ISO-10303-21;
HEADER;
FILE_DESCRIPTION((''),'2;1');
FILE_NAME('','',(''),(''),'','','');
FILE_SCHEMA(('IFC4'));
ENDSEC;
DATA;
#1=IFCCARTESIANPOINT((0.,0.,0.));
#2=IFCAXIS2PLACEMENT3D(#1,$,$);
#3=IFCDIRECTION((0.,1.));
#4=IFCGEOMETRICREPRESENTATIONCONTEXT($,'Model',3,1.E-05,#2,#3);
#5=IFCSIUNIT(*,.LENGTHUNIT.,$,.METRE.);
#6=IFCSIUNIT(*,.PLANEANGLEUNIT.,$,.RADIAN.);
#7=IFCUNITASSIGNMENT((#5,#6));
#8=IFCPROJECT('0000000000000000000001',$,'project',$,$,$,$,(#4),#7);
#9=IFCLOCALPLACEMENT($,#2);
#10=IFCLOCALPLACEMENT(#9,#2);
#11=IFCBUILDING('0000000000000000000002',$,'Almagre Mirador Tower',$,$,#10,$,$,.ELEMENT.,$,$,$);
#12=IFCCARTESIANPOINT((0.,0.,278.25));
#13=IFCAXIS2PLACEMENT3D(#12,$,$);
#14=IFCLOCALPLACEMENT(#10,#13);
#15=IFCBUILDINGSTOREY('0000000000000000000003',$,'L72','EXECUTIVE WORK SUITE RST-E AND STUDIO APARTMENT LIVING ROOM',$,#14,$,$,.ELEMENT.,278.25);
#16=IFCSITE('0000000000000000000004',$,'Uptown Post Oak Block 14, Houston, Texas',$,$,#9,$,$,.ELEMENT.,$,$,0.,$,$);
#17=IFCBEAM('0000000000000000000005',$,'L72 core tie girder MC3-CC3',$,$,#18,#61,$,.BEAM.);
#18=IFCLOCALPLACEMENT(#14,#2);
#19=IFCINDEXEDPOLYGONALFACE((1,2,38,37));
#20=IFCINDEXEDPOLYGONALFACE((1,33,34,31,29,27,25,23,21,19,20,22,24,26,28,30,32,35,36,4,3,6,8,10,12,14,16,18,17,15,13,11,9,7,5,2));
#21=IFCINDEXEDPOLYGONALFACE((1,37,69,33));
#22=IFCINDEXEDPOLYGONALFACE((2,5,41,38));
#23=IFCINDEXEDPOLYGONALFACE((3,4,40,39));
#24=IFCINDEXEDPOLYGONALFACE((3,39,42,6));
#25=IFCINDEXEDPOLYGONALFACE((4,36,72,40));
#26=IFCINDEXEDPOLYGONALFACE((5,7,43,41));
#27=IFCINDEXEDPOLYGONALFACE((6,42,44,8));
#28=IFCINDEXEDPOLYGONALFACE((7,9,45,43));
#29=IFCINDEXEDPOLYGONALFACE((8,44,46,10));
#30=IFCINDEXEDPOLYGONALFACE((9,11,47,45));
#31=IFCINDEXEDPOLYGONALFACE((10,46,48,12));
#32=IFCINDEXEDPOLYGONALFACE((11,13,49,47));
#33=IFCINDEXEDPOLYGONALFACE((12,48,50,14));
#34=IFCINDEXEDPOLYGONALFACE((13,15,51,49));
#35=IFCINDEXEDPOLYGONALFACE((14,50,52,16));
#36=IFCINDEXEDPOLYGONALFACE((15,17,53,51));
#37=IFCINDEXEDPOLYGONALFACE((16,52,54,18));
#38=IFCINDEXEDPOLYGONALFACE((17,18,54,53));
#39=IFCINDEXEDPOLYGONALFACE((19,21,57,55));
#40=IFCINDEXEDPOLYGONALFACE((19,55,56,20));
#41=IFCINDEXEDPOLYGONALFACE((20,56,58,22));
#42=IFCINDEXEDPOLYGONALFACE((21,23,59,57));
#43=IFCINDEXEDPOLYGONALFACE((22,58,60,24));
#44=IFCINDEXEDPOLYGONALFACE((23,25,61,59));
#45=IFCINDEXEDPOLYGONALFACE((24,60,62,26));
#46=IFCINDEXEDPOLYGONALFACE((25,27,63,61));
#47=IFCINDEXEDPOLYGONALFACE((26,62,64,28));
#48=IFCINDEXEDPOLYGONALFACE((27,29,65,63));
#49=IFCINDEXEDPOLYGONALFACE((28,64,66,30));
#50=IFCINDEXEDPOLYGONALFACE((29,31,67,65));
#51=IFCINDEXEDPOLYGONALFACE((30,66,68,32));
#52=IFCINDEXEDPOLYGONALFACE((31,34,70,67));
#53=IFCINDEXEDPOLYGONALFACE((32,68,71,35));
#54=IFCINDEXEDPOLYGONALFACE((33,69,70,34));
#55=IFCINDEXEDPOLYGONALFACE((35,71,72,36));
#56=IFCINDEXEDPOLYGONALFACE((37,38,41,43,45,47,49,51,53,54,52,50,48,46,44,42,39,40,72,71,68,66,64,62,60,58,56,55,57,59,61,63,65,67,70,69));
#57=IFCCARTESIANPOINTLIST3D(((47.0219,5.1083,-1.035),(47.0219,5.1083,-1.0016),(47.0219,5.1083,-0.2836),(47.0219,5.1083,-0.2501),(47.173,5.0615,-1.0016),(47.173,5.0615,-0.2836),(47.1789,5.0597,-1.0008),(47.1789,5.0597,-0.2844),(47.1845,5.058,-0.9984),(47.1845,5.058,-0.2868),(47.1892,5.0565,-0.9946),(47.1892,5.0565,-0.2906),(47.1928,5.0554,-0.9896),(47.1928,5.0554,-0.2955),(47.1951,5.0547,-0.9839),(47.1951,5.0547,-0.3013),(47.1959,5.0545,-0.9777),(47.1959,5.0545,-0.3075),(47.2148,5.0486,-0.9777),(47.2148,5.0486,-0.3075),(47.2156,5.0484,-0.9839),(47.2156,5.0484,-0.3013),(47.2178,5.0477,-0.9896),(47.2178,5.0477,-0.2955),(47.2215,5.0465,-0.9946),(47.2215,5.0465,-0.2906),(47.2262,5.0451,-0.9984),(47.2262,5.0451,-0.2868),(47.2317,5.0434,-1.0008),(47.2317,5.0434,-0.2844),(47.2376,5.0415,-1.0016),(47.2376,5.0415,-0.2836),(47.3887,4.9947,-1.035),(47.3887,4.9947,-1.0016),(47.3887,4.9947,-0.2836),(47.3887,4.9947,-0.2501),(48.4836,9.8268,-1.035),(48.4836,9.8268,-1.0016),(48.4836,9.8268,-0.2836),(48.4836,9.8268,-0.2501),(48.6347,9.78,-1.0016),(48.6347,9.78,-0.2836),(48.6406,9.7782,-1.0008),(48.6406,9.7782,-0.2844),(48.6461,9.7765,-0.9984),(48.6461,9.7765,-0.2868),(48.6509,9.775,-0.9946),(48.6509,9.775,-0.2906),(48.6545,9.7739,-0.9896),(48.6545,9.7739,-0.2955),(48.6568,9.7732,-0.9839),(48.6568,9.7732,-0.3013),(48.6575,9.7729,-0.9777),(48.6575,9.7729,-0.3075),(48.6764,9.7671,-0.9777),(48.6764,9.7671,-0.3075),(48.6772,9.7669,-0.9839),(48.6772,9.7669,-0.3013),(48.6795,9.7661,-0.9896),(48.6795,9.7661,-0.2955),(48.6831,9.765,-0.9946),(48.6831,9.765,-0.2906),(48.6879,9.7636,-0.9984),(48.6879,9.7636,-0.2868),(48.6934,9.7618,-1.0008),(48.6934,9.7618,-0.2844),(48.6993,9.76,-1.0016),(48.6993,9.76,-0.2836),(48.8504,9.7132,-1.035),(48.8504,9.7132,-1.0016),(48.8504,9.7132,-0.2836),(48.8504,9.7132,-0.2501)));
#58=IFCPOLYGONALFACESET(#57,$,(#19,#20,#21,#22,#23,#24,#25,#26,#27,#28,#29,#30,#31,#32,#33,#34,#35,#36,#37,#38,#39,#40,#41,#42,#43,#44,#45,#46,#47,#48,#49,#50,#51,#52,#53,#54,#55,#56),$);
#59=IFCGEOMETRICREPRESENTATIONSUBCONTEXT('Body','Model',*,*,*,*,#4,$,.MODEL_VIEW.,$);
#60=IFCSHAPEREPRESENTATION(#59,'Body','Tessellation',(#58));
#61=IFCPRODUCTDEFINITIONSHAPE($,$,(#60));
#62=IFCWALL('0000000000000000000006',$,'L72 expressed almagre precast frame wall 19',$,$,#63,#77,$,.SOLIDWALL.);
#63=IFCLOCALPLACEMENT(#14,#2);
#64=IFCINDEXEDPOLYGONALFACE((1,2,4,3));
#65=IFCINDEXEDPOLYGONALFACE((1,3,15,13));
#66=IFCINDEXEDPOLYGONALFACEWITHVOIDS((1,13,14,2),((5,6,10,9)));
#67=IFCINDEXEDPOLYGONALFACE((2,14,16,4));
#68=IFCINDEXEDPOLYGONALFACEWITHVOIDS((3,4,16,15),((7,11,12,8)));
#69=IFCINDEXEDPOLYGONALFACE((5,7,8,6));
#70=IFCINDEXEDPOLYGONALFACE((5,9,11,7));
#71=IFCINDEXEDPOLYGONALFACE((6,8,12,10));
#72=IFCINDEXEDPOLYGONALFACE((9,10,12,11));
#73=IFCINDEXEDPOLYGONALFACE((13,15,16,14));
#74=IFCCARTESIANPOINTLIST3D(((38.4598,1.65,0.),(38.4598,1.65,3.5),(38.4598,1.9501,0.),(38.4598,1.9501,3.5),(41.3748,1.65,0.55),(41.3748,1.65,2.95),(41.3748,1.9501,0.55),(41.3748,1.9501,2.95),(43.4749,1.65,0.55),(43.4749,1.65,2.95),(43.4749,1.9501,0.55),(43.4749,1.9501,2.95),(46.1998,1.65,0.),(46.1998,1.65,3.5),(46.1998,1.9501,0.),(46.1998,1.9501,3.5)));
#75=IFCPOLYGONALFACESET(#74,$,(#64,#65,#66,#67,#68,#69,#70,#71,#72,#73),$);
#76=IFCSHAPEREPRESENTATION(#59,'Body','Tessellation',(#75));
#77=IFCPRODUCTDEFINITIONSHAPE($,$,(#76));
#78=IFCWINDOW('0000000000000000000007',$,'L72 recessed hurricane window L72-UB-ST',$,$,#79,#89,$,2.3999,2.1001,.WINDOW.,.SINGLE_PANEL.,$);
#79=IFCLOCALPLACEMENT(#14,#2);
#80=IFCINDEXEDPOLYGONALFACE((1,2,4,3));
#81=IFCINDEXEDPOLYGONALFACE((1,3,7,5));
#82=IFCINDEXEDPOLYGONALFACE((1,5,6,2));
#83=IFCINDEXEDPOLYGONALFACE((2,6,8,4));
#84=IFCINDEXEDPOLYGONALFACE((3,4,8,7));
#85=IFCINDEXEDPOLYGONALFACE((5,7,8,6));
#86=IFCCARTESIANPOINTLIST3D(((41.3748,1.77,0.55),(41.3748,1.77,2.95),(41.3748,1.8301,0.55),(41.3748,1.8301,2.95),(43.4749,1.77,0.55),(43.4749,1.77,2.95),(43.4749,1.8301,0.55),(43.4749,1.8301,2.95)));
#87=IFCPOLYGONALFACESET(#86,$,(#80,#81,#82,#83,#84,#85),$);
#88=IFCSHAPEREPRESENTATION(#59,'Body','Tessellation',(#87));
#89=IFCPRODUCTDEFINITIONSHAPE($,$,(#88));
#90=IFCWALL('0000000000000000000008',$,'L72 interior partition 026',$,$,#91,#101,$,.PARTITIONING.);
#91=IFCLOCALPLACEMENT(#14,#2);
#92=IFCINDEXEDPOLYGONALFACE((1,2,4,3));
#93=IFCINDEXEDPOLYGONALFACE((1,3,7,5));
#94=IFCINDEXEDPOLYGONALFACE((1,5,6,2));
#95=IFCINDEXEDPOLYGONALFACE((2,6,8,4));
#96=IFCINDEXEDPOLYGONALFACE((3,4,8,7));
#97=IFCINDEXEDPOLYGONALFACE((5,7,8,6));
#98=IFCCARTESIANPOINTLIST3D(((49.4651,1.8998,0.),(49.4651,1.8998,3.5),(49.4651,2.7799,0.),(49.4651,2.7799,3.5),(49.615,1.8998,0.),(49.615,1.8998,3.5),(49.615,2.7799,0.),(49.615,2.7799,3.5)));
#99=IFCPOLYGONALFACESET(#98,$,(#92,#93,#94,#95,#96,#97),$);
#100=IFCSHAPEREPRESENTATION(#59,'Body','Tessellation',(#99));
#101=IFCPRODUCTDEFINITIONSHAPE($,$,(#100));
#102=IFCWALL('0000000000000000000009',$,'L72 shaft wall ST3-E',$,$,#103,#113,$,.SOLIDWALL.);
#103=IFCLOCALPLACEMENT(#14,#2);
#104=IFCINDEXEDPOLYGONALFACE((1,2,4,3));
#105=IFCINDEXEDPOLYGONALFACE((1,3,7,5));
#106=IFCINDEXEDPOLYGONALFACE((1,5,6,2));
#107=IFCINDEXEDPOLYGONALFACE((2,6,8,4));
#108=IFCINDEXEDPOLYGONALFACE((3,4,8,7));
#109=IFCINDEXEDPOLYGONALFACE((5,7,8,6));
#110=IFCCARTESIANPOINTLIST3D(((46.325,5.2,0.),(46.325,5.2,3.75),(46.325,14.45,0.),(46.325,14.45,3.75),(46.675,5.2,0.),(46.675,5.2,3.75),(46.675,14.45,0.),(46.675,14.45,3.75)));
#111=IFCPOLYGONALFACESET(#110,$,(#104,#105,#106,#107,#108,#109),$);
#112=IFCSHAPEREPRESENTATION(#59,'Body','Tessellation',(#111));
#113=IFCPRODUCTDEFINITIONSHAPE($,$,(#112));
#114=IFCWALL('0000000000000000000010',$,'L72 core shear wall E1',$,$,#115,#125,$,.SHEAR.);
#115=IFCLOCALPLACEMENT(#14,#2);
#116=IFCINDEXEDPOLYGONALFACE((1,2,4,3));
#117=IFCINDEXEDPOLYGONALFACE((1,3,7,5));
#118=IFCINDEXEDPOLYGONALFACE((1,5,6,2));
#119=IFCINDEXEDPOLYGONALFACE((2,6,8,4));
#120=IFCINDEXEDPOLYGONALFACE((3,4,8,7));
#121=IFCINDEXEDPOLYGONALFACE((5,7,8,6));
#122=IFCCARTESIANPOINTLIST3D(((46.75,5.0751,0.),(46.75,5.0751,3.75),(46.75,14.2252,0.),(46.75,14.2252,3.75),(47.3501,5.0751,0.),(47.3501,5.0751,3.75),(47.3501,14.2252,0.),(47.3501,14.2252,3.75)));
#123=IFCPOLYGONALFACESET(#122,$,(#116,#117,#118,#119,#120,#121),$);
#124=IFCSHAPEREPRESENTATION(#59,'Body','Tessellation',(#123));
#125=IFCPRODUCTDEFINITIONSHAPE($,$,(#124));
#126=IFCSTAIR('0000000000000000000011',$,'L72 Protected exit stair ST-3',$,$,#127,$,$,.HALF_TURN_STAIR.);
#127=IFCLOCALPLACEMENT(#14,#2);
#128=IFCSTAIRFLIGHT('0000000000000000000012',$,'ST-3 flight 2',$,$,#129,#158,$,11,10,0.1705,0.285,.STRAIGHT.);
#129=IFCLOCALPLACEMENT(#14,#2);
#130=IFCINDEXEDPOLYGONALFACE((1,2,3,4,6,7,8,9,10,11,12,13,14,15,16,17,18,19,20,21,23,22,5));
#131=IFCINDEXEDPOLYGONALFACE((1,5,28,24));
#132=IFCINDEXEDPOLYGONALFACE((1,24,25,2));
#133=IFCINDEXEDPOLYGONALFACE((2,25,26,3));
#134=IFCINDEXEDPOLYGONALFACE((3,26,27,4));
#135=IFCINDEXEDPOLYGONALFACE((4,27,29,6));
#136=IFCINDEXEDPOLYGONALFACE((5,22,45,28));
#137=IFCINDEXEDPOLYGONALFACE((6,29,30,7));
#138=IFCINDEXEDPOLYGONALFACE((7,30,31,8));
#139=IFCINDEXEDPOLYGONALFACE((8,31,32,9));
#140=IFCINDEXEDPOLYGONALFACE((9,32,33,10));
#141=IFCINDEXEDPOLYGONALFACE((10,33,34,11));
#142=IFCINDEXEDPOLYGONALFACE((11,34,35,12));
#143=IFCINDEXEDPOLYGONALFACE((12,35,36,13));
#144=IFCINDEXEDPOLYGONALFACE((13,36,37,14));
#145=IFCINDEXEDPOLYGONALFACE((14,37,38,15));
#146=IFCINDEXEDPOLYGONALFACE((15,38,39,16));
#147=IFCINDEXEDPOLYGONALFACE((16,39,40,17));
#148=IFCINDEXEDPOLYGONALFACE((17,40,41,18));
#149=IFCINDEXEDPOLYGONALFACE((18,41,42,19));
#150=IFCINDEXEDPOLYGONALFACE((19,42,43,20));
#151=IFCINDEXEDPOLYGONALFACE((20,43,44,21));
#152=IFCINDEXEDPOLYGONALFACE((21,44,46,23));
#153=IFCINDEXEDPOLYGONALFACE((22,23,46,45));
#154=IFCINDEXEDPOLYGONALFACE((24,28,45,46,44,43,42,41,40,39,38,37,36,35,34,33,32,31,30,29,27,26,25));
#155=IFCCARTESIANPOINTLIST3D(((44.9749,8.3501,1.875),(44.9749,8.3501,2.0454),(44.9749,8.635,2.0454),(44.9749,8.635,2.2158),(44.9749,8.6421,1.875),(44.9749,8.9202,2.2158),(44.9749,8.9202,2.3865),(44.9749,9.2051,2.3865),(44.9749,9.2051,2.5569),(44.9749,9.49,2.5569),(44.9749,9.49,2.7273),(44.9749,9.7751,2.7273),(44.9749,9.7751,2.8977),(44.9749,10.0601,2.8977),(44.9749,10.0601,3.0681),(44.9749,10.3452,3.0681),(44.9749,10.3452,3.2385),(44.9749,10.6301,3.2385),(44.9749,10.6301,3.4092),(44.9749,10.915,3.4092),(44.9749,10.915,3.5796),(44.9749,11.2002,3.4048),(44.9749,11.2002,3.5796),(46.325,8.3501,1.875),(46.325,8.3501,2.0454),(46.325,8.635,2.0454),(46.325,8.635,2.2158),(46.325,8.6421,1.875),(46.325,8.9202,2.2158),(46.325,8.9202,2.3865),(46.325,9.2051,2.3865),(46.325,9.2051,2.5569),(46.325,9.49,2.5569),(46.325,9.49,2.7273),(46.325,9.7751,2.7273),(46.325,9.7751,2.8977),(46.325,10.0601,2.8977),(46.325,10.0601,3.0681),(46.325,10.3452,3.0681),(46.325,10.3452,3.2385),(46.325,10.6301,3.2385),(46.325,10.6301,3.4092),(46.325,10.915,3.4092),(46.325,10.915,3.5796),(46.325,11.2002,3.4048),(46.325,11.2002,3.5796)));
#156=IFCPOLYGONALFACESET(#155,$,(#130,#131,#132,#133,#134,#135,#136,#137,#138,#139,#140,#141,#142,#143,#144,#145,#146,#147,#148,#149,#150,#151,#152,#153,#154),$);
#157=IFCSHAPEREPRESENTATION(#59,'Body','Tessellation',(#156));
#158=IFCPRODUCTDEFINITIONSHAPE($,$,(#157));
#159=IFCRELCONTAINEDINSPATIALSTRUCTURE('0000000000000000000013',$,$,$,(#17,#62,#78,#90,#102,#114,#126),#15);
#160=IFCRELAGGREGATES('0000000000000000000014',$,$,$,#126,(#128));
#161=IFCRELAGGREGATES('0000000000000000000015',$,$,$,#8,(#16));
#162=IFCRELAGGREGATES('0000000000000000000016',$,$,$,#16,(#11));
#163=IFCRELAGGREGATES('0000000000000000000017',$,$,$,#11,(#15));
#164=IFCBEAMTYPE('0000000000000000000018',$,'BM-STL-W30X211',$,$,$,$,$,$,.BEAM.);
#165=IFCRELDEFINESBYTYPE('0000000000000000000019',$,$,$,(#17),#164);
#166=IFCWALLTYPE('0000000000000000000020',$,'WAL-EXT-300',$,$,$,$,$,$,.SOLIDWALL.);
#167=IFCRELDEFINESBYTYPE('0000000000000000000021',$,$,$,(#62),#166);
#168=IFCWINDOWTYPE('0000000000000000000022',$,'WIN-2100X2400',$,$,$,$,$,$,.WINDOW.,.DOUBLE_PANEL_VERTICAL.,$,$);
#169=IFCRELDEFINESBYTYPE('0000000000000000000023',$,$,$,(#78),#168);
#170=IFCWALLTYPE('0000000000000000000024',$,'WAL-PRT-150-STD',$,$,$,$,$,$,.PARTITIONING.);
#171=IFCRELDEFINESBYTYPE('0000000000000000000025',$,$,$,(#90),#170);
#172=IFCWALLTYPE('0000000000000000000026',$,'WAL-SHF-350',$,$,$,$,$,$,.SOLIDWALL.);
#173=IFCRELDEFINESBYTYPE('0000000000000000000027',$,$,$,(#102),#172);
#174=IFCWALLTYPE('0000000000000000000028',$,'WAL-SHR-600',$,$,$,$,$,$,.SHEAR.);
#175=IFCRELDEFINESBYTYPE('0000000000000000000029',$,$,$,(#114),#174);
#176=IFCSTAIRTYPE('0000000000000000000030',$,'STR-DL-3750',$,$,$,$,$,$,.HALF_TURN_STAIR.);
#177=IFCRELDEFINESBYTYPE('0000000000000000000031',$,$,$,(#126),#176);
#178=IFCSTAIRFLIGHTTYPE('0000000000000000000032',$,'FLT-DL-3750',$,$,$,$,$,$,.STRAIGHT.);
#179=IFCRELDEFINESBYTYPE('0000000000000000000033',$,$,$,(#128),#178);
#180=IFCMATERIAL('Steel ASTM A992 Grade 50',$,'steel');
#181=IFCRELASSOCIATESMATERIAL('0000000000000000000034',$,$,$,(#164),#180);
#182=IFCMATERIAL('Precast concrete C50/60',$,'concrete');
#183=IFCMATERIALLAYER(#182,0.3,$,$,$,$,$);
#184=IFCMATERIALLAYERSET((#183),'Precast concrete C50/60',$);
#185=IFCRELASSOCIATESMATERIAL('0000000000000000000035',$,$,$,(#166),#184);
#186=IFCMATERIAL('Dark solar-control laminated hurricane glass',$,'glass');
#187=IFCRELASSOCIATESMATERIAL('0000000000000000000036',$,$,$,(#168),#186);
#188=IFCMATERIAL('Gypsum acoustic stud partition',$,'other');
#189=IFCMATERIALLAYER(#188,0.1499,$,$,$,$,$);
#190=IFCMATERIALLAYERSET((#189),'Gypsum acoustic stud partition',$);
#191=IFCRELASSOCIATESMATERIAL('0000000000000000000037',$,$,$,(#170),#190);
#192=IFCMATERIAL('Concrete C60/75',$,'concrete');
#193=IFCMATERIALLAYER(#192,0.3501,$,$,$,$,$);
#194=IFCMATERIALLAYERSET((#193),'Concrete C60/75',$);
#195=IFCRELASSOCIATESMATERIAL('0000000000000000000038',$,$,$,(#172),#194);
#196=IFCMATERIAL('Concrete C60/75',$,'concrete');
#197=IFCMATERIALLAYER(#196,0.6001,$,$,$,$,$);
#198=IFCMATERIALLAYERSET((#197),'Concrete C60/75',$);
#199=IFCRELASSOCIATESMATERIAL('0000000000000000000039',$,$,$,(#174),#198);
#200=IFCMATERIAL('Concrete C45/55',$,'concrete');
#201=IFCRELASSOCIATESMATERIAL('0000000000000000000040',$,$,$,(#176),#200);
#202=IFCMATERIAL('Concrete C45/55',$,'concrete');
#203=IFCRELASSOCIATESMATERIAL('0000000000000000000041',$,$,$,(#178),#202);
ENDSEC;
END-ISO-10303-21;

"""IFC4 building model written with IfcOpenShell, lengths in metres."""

from ifc_helpers import new_model, si_unit, direction, frame, frame_2d, origin, origin_2d, place, context, subcontext, project, spatial, polyline, rectangle, i_section, outline, extrude, material, layer, layer_set, material_profile, profile_set, type_object, element, fill, aggregate, save


model = new_model("IFC4")

# Units and contexts
model_context = context("Model", 3, precision=1e-05, world=origin(), true_north=direction((0.0, 1.0)))
body_context = subcontext(model_context, "Body", "Model", "MODEL_VIEW")
ifc_project = project(units=[si_unit("LENGTHUNIT", "METRE"), si_unit("PLANEANGLEUNIT", "RADIAN")], contexts=[model_context])

# Site, building, storey
site_placement = place(None, origin())
site = spatial("IfcSite", under=ifc_project, at=site_placement, Name="Uptown Post Oak Block 14, Houston, Texas", CompositionType="ELEMENT", RefElevation=0.0)
building_placement = place(site_placement, origin())
building = spatial("IfcBuilding", under=site, at=building_placement, Name="Almagre Mirador Tower", CompositionType="ELEMENT")
storey_placement = place(building_placement, frame((0.0, 0.0, 278.25)))
storey = spatial("IfcBuildingStorey", under=building, at=storey_placement, Name="L72", Description="EXECUTIVE WORK SUITE RST-E AND STUDIO APARTMENT LIVING ROOM", CompositionType="ELEMENT", Elevation=278.25)

# Beam
ifc_material_1 = material(Name="Steel ASTM A992 Grade 50", Category="steel")
ifc_material_profile_1 = material_profile(ifc_material_1, i_section(OverallWidth=0.384, OverallDepth=0.7849, WebThickness=0.0198, FlangeThickness=0.0334, FilletRadius=0.0239, at=origin_2d()), Name="W30X211")
ifc_profile_set_1 = profile_set([ifc_material_profile_1], Name="Steel ASTM A992 Grade 50")
beam_type_1 = type_object("IfcBeamType", Name="BM-STL-W30X211", PredefinedType="BEAM", material=ifc_profile_set_1)
beam_1_placement = place(storey_placement, frame((48.667, 9.77, -0.6426), z_axis=(-0.295902, -0.955218, 0.0), x_axis=(0.955218, -0.295902, 0.0)))
element("IfcBeam", 1, at=beam_1_placement, inside=storey, type_object=beam_type_1, Name="L72 core tie girder MC3-CC3", PredefinedType="BEAM", context=body_context, shape_type="SweptSolid", body=[
    extrude(i_section(OverallWidth=0.384, OverallDepth=0.7849, WebThickness=0.0198, FlangeThickness=0.0334, FilletRadius=0.0239, at=origin_2d()), origin(), (0.0, 0.0, 1.0), 4.9397),
])

# Wall, opening, window
ifc_material_2 = material(Name="Precast concrete C50/60", Category="concrete")
ifc_layer_1 = layer(ifc_material_2, 0.3)
ifc_layer_set_1 = layer_set([ifc_layer_1], Name="Precast concrete C50/60")
wall_type_1 = type_object("IfcWallType", Name="WAL-EXT-300", PredefinedType="SOLIDWALL", material=ifc_layer_set_1)
wall_1_placement = place(storey_placement, frame((46.2, 1.8, 0.0), z_axis=(0.0, 0.0, 1.0), x_axis=(-1.0, 0.0, 0.0)))
wall_1 = element("IfcWall", 2, at=wall_1_placement, inside=storey, type_object=wall_type_1, Name="L72 expressed almagre precast frame wall 19", PredefinedType="SOLIDWALL", context=body_context, shape_type="SweptSolid", body=[
    extrude(rectangle(XDim=7.74, YDim=0.3, at=frame_2d((3.8701, 0.0))), origin(), (0.0, 0.0, 1.0), 3.5),
])
opening_placement = place(wall_1_placement, frame((2.7251, 0.0, 0.55)))
opening = element("IfcOpeningElement", 3, at=opening_placement, cuts=wall_1, PredefinedType="OPENING", context=body_context, shape_type="SweptSolid", body=[
    extrude(rectangle(XDim=2.1001, YDim=2.3999, at=frame_2d((1.05, 1.2))), frame((0.0, 0.1599, 0.0), z_axis=(0.0, -1.0, 0.0), x_axis=(1.0, 0.0, 0.0)), (0.0, 0.0, 1.0), 0.32),
])
ifc_material_3 = material(Name="Dark solar-control laminated hurricane glass", Category="glass")
window_type = type_object("IfcWindowType", Name="WIN-2100X2400", PartitioningType="DOUBLE_PANEL_VERTICAL", PredefinedType="WINDOW", material=ifc_material_3)
window_placement = place(opening_placement, origin())
window = element("IfcWindow", 4, at=window_placement, inside=storey, type_object=window_type, Name="L72 recessed hurricane window L72-UB-ST", OverallHeight=2.3999, OverallWidth=2.1001, PartitioningType="SINGLE_PANEL", PredefinedType="WINDOW", context=body_context, shape_type="SweptSolid", body=[
    extrude(rectangle(XDim=2.1001, YDim=2.3999, at=frame_2d((1.05, 1.2))), frame((0.0, 0.03, 0.0), z_axis=(0.0, -1.0, 0.0), x_axis=(1.0, 0.0, 0.0)), (0.0, 0.0, 1.0), 0.0601),
])
fill(opening, window)

# Walls
ifc_material_4 = material(Name="Gypsum acoustic stud partition", Category="other")
ifc_layer_2 = layer(ifc_material_4, 0.1499)
ifc_layer_set_2 = layer_set([ifc_layer_2], Name="Gypsum acoustic stud partition")
wall_type_2 = type_object("IfcWallType", Name="WAL-PRT-150-STD", PredefinedType="PARTITIONING", material=ifc_layer_set_2)
wall_2_placement = place(storey_placement, frame((49.54, 1.8999, 0.0), z_axis=(0.0, 0.0, 1.0), x_axis=(0.0, 1.0, 0.0)))
element("IfcWall", 5, at=wall_2_placement, inside=storey, type_object=wall_type_2, Name="L72 interior partition 026", PredefinedType="PARTITIONING", context=body_context, shape_type="SweptSolid", body=[
    extrude(rectangle(XDim=0.8801, YDim=0.1499, at=frame_2d((0.4399, 0.0))), origin(), (0.0, 0.0, 1.0), 3.5),
])
ifc_material_5 = material(Name="Concrete C60/75", Category="concrete")
ifc_layer_3 = layer(ifc_material_5, 0.3501)
ifc_layer_set_3 = layer_set([ifc_layer_3], Name="Concrete C60/75")
wall_type_3 = type_object("IfcWallType", Name="WAL-SHF-350", PredefinedType="SOLIDWALL", material=ifc_layer_set_3)
wall_3_placement = place(storey_placement, frame((46.5, 5.2, 0.0), z_axis=(0.0, 0.0, 1.0), x_axis=(0.0, 1.0, 0.0)))
element("IfcWall", 6, at=wall_3_placement, inside=storey, type_object=wall_type_3, Name="L72 shaft wall ST3-E", PredefinedType="SOLIDWALL", context=body_context, shape_type="SweptSolid", body=[
    extrude(rectangle(XDim=9.25, YDim=0.3501, at=frame_2d((4.625, 0.0))), origin(), (0.0, 0.0, 1.0), 3.75),
])
ifc_material_6 = material(Name="Concrete C60/75", Category="concrete")
ifc_layer_4 = layer(ifc_material_6, 0.6001)
ifc_layer_set_4 = layer_set([ifc_layer_4], Name="Concrete C60/75")
wall_type_4 = type_object("IfcWallType", Name="WAL-SHR-600", PredefinedType="SHEAR", material=ifc_layer_set_4)
wall_4_placement = place(storey_placement, frame((47.05, 5.075, 0.0), z_axis=(0.0, 0.0, 1.0), x_axis=(0.0, 1.0, 0.0)))
element("IfcWall", 7, at=wall_4_placement, inside=storey, type_object=wall_type_4, Name="L72 core shear wall E1", PredefinedType="SHEAR", context=body_context, shape_type="SweptSolid", body=[
    extrude(rectangle(XDim=9.1501, YDim=0.6001, at=frame_2d((4.5752, 0.0))), origin(), (0.0, 0.0, 1.0), 3.75),
])

# Stair, stair flight
ifc_material_7 = material(Name="Concrete C45/55", Category="concrete")
stair_type = type_object("IfcStairType", Name="STR-DL-3750", PredefinedType="HALF_TURN_STAIR", material=ifc_material_7)
stair_placement = place(storey_placement, origin())
stair = element("IfcStair", 8, at=stair_placement, inside=storey, type_object=stair_type, Name="L72 Protected exit stair ST-3", PredefinedType="HALF_TURN_STAIR")
ifc_material_8 = material(Name="Concrete C45/55", Category="concrete")
stair_flight_type = type_object("IfcStairFlightType", Name="FLT-DL-3750", PredefinedType="STRAIGHT", material=ifc_material_8)
stair_flight_placement = place(storey_placement, frame((45.6499, 8.3501, 1.875), z_axis=(0.0, 0.0, 1.0), x_axis=(0.0, 1.0, 0.0)))
stair_flight = element("IfcStairFlight", 9, at=stair_flight_placement, type_object=stair_flight_type, Name="ST-3 flight 2", NumberOfRisers=11, NumberOfTreads=10, PredefinedType="STRAIGHT", RiserHeight=0.1705, TreadLength=0.285, context=body_context, shape_type="SweptSolid", body=[
    extrude(outline(polyline([(0.0, 0.0), (0.0, 0.1704), (0.2849, 0.1704), (0.2849, 0.3408), (0.5701, 0.3408), (0.5701, 0.5115), (0.855, 0.5115), (0.855, 0.6819), (1.1399, 0.6819), (1.1399, 0.8523), (1.425, 0.8523), (1.425, 1.0227), (1.71, 1.0227), (1.71, 1.1931), (1.9951, 1.1931), (1.9951, 1.3635), (2.28, 1.3635), (2.28, 1.5342), (2.5649, 1.5342), (2.5649, 1.7046), (2.8501, 1.7046), (2.8501, 1.875), (2.8501, 1.5298), (0.292, 0.0), (0.0, 0.0)])), frame((0.0, 0.675, 0.0), z_axis=(0.0, -1.0, 0.0), x_axis=(1.0, 0.0, 0.0)), (0.0, 0.0, 1.0), 1.3501),
])
aggregate(stair, [stair_flight])

save(model, "model.ifc")
